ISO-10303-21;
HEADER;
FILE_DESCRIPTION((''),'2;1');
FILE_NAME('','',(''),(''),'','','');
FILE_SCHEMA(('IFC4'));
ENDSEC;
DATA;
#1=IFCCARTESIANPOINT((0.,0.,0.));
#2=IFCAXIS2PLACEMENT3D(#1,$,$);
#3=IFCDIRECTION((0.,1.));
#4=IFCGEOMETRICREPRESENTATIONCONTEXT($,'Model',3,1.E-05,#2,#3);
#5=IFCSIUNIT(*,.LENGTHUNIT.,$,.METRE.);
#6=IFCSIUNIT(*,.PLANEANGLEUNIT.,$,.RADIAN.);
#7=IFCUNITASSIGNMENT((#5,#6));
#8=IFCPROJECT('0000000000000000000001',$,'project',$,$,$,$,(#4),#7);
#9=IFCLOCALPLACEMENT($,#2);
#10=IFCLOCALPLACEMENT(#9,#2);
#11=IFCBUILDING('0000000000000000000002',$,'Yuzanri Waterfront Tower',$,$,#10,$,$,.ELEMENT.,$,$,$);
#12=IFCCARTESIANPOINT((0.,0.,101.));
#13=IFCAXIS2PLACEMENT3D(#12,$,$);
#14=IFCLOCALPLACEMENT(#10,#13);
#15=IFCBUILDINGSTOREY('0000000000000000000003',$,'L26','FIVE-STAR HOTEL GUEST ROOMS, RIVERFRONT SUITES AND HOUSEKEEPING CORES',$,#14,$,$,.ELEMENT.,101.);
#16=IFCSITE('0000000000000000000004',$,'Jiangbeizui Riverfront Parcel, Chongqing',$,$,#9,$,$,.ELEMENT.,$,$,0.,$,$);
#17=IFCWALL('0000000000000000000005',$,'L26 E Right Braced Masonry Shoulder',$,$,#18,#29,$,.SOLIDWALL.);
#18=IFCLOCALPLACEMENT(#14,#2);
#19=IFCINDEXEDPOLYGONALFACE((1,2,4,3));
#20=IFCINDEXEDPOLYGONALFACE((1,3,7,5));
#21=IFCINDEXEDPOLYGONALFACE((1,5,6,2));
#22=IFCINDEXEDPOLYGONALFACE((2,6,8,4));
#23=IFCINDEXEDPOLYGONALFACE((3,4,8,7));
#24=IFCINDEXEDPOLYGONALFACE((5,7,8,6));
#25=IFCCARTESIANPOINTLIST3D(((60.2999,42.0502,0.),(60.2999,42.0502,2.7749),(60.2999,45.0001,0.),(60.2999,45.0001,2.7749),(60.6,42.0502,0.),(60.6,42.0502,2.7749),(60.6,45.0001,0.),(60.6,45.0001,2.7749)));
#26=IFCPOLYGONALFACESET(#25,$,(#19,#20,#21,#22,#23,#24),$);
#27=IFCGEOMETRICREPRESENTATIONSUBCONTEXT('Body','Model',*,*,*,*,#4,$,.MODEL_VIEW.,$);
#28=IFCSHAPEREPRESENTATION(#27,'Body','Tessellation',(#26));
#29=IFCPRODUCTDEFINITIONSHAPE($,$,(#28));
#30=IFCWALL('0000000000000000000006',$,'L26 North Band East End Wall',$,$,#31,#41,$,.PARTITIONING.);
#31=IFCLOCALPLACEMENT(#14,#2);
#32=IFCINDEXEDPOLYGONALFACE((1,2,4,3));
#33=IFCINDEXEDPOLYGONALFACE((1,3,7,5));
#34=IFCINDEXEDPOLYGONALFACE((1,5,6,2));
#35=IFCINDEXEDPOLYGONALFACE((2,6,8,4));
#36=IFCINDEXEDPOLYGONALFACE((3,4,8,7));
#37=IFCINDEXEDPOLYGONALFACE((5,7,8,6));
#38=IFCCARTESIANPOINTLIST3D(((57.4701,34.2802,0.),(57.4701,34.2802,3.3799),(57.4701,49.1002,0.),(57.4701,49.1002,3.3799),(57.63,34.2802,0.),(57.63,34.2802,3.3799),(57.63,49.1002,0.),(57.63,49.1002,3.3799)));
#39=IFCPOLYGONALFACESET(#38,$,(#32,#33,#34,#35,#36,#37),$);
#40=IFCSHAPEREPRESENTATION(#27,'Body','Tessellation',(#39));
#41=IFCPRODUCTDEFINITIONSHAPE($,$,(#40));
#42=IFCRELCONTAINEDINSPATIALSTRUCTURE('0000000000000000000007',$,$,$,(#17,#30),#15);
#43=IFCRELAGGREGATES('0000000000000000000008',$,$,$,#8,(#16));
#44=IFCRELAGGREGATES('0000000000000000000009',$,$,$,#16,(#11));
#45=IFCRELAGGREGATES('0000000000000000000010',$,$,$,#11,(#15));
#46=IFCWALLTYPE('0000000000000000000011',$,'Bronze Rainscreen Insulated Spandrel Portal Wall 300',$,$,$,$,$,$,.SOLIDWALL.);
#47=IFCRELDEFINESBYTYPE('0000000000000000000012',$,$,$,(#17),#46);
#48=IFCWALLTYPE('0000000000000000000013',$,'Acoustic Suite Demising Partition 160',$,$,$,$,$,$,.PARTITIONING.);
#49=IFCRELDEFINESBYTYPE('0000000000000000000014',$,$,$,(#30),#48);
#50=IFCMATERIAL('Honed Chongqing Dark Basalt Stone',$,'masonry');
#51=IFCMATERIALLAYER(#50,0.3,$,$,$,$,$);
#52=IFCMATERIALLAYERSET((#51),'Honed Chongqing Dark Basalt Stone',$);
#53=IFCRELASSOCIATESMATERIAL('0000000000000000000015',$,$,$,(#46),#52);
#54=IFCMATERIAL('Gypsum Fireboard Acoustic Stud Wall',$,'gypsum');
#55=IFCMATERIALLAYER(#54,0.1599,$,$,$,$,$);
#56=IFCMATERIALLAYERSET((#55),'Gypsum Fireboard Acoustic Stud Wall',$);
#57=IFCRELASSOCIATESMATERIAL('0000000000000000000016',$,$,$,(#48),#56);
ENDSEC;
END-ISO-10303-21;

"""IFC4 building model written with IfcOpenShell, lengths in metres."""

from ifc_helpers import new_model, si_unit, direction, frame, frame_2d, origin, place, context, subcontext, project, spatial, rectangle, extrude, source, transform, mapped, material, layer, layer_set, type_object, element, save


model = new_model("IFC4")

# Units and contexts
model_context = context("Model", 3, precision=1e-05, world=origin(), true_north=direction((0.0, 1.0)))
body_context = subcontext(model_context, "Body", "Model", "MODEL_VIEW")
ifc_project = project(units=[si_unit("LENGTHUNIT", "METRE"), si_unit("PLANEANGLEUNIT", "RADIAN")], contexts=[model_context])

# Site, building, storey
site_placement = place(None, origin())
site = spatial("IfcSite", under=ifc_project, at=site_placement, Name="Jiangbeizui Riverfront Parcel, Chongqing", CompositionType="ELEMENT", RefElevation=0.0)
building_placement = place(site_placement, origin())
building = spatial("IfcBuilding", under=site, at=building_placement, Name="Yuzanri Waterfront Tower", CompositionType="ELEMENT")
storey_placement = place(building_placement, frame((0.0, 0.0, 101.0)))
storey = spatial("IfcBuildingStorey", under=building, at=storey_placement, Name="L26", Description="FIVE-STAR HOTEL GUEST ROOMS, RIVERFRONT SUITES AND HOUSEKEEPING CORES", CompositionType="ELEMENT", Elevation=101.0)

# Shared definitions
ifc_material_1 = material(Name="Honed Chongqing Dark Basalt Stone", Category="masonry")
ifc_layer_1 = layer(ifc_material_1, 0.3)
ifc_layer_set_1 = layer_set([ifc_layer_1], Name="Honed Chongqing Dark Basalt Stone")
wall_type_1 = type_object("IfcWallType", Name="Bronze Rainscreen Insulated Spandrel Portal Wall 300", PredefinedType="SOLIDWALL", material=ifc_layer_set_1)

# Walls
shared_shape_1 = source(origin(), body_context, "Body", "SweptSolid", [
    extrude(rectangle(XDim=2.95, YDim=0.3, at=frame_2d((1.4751, 0.0))), origin(), (0.0, 0.0, 1.0), 2.7749),
])
for number, where, z_axis, x_axis, name in (
    (1, (60.45, 42.05, 0.0), (0.0, 0.0, 1.0), (0.0, 1.0, 0.0), "L26 E Right Braced Masonry Shoulder"),
):
    element("IfcWall", number, at=place(storey_placement, frame(where, z_axis=z_axis, x_axis=x_axis)), inside=storey, type_object=wall_type_1, Name=name, PredefinedType="SOLIDWALL", context=body_context, shape_type="MappedRepresentation", body=[
        mapped(shared_shape_1, transform((0.0, 0.0, 0.0), scale=1.0)),
    ])
ifc_material_2 = material(Name="Gypsum Fireboard Acoustic Stud Wall", Category="gypsum")
ifc_layer_2 = layer(ifc_material_2, 0.1599)
ifc_layer_set_2 = layer_set([ifc_layer_2], Name="Gypsum Fireboard Acoustic Stud Wall")
wall_type_2 = type_object("IfcWallType", Name="Acoustic Suite Demising Partition 160", PredefinedType="PARTITIONING", material=ifc_layer_set_2)
shared_shape_2 = source(origin(), body_context, "Body", "SweptSolid", [
    extrude(rectangle(XDim=14.8201, YDim=0.1599, at=frame_2d((7.4102, 0.0))), origin(), (0.0, 0.0, 1.0), 3.3799),
])
wall_1_placement = place(storey_placement, frame((57.55, 34.28, 0.0), z_axis=(0.0, 0.0, 1.0), x_axis=(0.0, 1.0, 0.0)))
element("IfcWall", 2, at=wall_1_placement, inside=storey, type_object=wall_type_2, Name="L26 North Band East End Wall", PredefinedType="PARTITIONING", context=body_context, shape_type="MappedRepresentation", body=[
    mapped(shared_shape_2, transform((0.0, 0.0, 0.0), scale=1.0)),
])

save(model, "model.ifc")
